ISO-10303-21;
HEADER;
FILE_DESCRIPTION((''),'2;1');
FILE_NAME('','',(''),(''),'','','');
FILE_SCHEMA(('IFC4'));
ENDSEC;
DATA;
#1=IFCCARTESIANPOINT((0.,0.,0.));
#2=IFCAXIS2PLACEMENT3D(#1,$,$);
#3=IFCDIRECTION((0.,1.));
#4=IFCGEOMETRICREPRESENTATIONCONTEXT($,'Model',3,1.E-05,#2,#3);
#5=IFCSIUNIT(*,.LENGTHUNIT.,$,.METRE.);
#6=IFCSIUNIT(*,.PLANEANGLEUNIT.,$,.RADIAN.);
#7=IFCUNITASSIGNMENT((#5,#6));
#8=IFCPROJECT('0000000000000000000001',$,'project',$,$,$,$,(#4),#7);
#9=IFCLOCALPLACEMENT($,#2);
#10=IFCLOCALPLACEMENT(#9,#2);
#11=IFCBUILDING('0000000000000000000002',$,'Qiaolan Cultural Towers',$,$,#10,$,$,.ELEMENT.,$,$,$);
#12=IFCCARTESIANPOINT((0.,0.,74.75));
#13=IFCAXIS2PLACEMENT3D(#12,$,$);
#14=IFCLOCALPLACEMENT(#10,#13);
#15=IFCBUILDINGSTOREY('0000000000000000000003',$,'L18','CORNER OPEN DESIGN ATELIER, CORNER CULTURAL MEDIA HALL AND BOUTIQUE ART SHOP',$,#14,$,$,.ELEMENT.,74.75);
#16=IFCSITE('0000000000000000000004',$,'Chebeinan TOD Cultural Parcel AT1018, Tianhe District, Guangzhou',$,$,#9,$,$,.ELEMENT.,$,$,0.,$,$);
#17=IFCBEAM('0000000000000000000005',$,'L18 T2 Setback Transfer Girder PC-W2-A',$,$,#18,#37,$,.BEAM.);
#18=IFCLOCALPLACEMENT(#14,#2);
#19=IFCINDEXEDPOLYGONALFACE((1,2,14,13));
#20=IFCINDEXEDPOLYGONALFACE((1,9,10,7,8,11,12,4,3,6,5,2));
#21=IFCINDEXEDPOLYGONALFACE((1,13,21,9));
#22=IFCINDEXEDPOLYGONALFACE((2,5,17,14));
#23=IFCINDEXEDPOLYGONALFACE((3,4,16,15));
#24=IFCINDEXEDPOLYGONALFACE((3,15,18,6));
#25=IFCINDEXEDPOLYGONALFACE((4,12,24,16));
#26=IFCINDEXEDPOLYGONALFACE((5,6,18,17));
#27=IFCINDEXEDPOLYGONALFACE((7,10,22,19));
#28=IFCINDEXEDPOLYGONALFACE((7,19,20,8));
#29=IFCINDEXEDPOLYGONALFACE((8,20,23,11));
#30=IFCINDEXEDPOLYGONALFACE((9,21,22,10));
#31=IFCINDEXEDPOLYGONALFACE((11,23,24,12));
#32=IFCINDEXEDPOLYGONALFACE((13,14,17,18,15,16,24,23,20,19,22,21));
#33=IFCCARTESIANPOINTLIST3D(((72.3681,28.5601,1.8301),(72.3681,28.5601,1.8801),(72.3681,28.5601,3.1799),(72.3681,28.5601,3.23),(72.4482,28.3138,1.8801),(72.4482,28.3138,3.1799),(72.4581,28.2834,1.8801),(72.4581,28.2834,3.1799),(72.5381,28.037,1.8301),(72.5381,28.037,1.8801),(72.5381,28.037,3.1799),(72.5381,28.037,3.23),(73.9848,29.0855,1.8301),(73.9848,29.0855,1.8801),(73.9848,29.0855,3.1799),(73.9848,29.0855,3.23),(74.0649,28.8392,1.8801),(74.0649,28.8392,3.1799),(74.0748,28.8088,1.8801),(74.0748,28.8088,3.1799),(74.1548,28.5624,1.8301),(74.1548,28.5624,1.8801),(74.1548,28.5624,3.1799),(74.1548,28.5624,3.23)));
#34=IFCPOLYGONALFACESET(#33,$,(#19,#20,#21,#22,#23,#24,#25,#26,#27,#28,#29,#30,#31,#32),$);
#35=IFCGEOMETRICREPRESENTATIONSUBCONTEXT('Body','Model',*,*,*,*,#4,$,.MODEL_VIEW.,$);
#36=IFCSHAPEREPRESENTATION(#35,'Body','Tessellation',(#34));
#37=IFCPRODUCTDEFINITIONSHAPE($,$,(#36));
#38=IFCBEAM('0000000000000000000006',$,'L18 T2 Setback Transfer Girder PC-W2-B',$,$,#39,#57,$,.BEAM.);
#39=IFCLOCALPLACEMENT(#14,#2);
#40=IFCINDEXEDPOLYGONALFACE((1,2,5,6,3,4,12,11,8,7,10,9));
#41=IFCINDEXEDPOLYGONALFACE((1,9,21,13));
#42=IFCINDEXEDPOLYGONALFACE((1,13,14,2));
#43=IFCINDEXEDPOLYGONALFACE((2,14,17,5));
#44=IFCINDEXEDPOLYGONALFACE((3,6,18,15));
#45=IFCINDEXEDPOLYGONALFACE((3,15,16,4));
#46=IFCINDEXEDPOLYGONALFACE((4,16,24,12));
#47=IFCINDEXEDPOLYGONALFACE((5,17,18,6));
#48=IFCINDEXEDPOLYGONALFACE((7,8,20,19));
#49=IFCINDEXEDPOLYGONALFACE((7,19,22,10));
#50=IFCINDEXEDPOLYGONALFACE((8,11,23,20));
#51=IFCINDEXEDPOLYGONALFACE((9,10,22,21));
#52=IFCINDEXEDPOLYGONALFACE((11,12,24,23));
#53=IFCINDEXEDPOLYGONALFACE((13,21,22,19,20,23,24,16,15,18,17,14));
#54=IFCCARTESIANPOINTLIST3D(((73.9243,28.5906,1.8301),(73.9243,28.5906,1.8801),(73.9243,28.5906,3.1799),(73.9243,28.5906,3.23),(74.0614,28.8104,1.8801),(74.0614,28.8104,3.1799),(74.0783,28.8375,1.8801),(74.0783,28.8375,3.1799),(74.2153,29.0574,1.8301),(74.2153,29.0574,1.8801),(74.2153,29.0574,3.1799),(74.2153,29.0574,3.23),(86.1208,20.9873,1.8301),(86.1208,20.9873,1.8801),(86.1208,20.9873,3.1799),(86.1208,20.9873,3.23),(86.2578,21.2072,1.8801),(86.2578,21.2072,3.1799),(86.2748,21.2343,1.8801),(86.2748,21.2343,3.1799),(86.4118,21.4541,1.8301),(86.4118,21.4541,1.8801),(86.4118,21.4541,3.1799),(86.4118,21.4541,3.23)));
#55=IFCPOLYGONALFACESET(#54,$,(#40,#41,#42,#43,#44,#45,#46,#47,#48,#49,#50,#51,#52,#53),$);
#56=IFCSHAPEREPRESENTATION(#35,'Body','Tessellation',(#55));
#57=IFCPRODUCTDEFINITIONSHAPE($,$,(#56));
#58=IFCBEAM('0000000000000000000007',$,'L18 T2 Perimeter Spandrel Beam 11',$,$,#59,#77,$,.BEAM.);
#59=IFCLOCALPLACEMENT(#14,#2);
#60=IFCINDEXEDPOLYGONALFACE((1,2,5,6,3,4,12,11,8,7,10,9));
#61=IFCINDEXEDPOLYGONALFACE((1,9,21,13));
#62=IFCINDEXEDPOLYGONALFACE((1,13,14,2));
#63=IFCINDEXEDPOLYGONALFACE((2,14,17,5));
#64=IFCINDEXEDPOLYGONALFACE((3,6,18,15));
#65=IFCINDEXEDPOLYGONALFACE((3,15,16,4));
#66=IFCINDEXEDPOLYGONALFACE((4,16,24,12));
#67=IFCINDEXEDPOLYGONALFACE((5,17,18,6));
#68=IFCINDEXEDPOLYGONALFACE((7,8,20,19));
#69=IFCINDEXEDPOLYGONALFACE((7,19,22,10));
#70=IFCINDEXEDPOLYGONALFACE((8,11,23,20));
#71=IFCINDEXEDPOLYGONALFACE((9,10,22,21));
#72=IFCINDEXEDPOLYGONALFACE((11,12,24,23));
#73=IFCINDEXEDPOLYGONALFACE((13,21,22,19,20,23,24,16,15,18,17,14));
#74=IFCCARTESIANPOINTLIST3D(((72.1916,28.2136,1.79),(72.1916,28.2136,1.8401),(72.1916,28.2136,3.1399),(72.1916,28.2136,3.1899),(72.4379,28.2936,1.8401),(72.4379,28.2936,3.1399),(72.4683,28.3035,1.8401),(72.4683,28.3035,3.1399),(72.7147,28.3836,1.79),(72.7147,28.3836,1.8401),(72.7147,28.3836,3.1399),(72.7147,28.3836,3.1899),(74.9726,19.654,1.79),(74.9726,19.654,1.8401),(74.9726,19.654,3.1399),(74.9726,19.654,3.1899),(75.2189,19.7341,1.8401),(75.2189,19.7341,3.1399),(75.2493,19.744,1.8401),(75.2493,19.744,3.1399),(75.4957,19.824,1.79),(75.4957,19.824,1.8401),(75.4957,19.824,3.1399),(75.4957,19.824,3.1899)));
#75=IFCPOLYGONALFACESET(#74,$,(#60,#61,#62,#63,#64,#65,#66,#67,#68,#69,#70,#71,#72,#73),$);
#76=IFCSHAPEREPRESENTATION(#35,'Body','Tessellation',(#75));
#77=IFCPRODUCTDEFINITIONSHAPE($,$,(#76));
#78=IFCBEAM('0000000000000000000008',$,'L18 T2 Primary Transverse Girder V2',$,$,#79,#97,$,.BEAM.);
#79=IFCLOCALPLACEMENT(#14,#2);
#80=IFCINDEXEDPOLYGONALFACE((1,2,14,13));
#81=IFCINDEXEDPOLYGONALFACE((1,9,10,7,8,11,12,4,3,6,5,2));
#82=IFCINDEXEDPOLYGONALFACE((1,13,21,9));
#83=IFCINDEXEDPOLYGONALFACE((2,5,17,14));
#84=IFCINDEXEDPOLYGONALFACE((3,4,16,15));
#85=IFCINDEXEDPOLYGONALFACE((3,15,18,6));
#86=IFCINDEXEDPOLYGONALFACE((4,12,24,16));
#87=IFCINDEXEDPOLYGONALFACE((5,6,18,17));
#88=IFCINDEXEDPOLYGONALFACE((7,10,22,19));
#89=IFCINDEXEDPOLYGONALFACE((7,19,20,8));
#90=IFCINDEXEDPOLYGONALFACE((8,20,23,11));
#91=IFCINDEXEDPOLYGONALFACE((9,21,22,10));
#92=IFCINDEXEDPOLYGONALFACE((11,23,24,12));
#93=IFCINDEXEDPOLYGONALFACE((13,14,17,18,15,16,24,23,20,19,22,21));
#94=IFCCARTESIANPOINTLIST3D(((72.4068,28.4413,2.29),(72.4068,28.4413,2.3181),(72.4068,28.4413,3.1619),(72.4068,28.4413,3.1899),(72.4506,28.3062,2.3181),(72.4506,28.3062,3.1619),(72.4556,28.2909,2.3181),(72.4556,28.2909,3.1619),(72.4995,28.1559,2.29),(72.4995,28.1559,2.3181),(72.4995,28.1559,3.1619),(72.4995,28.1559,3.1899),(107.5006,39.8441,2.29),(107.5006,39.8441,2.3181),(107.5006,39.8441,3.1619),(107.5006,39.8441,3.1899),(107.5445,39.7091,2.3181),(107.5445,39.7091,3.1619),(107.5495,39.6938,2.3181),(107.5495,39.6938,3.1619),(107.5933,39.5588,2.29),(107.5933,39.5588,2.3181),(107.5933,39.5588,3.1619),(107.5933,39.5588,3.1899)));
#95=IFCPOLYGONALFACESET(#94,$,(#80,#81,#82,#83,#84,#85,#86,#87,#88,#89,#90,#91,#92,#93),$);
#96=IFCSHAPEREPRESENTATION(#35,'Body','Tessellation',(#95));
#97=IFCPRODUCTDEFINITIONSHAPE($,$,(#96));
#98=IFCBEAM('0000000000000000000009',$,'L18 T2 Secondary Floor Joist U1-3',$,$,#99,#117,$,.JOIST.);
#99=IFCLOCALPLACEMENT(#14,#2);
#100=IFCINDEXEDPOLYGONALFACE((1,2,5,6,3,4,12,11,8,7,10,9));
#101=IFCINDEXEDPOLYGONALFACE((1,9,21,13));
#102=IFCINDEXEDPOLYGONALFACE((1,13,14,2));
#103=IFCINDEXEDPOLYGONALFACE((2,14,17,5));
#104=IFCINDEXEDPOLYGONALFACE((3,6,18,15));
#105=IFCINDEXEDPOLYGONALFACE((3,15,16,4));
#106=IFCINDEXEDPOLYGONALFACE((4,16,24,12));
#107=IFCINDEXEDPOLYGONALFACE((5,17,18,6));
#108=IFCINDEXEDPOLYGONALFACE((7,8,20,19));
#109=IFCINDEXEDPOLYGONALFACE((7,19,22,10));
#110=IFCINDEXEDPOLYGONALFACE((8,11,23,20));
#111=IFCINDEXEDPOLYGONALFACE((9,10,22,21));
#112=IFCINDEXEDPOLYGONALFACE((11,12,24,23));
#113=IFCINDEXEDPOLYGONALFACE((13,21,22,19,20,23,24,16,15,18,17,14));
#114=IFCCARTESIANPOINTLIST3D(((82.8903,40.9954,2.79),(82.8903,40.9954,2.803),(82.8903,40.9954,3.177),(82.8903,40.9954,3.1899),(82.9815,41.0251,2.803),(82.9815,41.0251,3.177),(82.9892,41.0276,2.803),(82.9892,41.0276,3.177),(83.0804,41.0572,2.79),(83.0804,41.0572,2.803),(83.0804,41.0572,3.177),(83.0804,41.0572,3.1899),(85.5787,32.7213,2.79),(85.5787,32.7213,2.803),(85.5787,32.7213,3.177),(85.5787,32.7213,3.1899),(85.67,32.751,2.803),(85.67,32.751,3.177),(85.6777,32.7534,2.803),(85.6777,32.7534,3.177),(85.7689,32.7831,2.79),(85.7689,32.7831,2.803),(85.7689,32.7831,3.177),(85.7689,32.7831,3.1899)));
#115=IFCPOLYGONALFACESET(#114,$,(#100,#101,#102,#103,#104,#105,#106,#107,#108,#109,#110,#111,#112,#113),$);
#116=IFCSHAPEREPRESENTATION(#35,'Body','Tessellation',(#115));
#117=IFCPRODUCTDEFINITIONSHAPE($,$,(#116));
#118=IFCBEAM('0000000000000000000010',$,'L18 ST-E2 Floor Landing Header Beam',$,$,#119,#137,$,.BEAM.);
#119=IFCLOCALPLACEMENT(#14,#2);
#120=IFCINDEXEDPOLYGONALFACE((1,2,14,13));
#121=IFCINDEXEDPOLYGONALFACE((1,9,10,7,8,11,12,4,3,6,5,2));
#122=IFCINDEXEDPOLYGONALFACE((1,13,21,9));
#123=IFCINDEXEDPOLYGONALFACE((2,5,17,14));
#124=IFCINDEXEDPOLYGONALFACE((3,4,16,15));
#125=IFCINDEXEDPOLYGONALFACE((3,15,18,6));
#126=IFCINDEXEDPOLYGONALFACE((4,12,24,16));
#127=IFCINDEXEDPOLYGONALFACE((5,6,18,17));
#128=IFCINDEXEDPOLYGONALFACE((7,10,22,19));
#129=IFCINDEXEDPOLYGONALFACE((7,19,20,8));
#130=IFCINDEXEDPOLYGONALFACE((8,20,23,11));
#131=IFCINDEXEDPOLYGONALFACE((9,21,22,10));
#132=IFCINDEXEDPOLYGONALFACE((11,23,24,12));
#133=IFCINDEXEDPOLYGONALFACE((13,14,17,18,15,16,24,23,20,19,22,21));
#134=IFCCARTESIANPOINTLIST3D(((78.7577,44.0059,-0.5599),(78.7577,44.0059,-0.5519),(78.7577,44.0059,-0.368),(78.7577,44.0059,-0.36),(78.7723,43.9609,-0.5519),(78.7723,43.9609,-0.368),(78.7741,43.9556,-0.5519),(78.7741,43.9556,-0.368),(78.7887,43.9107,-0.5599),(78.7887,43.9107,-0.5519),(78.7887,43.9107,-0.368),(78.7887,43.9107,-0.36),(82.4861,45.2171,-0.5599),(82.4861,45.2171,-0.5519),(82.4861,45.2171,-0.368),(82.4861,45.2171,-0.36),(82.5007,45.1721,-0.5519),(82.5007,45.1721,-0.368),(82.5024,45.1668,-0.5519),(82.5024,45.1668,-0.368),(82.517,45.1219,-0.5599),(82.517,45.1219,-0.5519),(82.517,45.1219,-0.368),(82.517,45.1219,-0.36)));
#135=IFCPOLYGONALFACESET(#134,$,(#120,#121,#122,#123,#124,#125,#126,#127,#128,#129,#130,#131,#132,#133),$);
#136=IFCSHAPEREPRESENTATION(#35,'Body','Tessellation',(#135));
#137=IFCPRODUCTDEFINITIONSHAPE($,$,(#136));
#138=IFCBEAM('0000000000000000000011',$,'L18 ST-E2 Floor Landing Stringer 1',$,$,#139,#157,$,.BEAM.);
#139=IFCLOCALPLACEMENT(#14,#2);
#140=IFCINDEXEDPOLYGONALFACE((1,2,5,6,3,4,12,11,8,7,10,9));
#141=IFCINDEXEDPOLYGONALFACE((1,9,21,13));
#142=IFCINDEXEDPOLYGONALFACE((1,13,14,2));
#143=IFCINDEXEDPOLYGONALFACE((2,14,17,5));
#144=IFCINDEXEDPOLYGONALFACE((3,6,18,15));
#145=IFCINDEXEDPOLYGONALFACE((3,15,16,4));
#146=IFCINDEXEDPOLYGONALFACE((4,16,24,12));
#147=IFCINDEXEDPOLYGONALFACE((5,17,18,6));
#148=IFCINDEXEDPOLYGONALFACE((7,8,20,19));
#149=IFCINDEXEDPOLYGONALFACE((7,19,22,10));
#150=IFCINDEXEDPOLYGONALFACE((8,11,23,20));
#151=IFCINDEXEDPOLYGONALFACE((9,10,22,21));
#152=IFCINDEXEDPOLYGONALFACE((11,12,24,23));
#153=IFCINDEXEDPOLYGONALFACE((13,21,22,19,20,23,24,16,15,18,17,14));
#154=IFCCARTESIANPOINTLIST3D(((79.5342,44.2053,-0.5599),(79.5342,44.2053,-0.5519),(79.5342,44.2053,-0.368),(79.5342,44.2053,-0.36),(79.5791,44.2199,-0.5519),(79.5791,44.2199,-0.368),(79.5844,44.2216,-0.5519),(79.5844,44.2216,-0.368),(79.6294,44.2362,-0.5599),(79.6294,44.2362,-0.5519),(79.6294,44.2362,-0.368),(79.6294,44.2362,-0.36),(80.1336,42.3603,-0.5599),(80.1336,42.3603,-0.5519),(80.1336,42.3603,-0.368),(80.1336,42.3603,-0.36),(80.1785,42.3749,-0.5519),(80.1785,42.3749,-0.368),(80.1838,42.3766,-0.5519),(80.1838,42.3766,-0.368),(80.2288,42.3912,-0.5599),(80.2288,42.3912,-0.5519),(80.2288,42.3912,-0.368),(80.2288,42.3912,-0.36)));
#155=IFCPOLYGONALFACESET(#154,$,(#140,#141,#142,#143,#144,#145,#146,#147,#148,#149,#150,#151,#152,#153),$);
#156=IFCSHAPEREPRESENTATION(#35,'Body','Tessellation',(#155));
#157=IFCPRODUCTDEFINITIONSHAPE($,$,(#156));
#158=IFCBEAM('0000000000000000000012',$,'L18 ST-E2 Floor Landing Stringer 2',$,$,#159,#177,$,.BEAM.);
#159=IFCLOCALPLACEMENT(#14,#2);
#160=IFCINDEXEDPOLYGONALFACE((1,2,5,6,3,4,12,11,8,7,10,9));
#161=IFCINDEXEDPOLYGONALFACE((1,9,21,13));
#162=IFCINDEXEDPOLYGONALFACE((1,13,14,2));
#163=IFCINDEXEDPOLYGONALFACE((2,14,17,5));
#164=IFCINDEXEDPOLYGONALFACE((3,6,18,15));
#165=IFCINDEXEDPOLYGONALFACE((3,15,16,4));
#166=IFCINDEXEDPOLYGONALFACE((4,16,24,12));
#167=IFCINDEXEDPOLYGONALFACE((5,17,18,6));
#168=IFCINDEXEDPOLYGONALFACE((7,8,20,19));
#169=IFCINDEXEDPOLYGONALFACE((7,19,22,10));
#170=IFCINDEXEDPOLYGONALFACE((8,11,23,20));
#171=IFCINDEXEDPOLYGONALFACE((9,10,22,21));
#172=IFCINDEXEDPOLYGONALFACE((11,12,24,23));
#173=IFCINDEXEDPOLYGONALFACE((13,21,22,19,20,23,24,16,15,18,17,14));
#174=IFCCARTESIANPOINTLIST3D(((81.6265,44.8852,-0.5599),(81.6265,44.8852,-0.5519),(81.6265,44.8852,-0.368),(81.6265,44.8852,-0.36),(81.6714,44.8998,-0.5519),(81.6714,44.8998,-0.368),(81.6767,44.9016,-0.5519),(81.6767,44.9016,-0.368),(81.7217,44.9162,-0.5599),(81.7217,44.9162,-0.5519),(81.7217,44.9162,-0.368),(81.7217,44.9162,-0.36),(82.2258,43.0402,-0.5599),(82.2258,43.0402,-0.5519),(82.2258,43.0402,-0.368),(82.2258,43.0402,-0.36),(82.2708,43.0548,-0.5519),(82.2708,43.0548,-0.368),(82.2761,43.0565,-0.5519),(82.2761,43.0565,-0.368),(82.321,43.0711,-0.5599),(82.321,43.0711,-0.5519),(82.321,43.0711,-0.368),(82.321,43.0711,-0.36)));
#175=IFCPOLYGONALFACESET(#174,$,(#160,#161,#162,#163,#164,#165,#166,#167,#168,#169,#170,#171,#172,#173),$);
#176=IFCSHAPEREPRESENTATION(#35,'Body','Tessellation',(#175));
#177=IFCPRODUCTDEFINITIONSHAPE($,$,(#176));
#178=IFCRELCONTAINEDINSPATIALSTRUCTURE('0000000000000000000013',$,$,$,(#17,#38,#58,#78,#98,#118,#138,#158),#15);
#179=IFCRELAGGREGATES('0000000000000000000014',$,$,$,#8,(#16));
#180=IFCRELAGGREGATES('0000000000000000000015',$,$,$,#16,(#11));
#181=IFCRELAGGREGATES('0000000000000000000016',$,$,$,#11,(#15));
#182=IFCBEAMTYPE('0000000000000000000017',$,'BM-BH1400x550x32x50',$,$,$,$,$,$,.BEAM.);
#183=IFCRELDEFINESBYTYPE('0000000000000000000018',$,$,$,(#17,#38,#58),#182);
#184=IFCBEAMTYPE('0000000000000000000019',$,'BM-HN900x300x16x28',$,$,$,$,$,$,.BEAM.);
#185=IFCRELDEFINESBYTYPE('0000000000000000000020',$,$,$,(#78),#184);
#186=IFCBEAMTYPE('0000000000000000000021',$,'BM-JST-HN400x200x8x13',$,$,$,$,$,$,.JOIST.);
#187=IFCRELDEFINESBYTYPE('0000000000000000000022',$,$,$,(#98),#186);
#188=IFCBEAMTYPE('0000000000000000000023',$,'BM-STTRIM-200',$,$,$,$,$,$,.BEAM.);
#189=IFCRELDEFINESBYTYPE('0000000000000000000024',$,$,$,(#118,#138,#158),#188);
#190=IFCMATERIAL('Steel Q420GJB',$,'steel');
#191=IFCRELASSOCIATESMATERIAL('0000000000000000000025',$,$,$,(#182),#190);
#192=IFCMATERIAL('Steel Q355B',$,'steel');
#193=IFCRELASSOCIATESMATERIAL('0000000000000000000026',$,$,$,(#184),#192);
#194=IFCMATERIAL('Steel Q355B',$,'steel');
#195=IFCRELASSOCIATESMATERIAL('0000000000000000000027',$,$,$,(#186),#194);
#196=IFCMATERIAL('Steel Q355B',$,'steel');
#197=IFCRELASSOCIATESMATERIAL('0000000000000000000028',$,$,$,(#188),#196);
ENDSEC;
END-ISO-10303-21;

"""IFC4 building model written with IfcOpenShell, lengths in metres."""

from ifc_helpers import new_model, si_unit, direction, frame, origin, origin_2d, place, context, subcontext, project, spatial, i_section, extrude, material, material_profile, profile_set, type_object, element, save


model = new_model("IFC4")

# Units and contexts
model_context = context("Model", 3, precision=1e-05, world=origin(), true_north=direction((0.0, 1.0)))
body_context = subcontext(model_context, "Body", "Model", "MODEL_VIEW")
ifc_project = project(units=[si_unit("LENGTHUNIT", "METRE"), si_unit("PLANEANGLEUNIT", "RADIAN")], contexts=[model_context])

# Site, building, storey
site_placement = place(None, origin())
site = spatial("IfcSite", under=ifc_project, at=site_placement, Name="Chebeinan TOD Cultural Parcel AT1018, Tianhe District, Guangzhou", CompositionType="ELEMENT", RefElevation=0.0)
building_placement = place(site_placement, origin())
building = spatial("IfcBuilding", under=site, at=building_placement, Name="Qiaolan Cultural Towers", CompositionType="ELEMENT")
storey_placement = place(building_placement, frame((0.0, 0.0, 74.75)))
storey = spatial("IfcBuildingStorey", under=building, at=storey_placement, Name="L18", Description="CORNER OPEN DESIGN ATELIER, CORNER CULTURAL MEDIA HALL AND BOUTIQUE ART SHOP", CompositionType="ELEMENT", Elevation=74.75)

# Beams
ifc_material_1 = material(Name="Steel Q420GJB", Category="steel")
ifc_material_profile_1 = material_profile(ifc_material_1, i_section(OverallWidth=0.55, OverallDepth=1.3999, WebThickness=0.032, FlangeThickness=0.05, at=origin_2d()), Name="BH1400x550x32x50")
ifc_profile_set_1 = profile_set([ifc_material_profile_1], Name="Steel Q420GJB")
beam_type_1 = type_object("IfcBeamType", Name="BM-BH1400x550x32x50", PredefinedType="BEAM", material=ifc_profile_set_1)
beam_1_placement = place(storey_placement, frame((72.4531, 28.2986, 2.53), z_axis=(0.95104, 0.309067, 0.0), x_axis=(-0.309067, 0.95104, 0.0)))
element("IfcBeam", 1, at=beam_1_placement, inside=storey, type_object=beam_type_1, Name="L18 T2 Setback Transfer Girder PC-W2-A", PredefinedType="BEAM", context=body_context, shape_type="SweptSolid", body=[
    extrude(i_section(OverallWidth=0.55, OverallDepth=1.3999, WebThickness=0.032, FlangeThickness=0.05, at=origin_2d()), origin(), (0.0, 0.0, 1.0), 1.7),
])
beam_2_placement = place(storey_placement, frame((74.0698, 28.824, 2.53), z_axis=(0.848609, -0.52902, 0.0), x_axis=(0.52902, 0.848609, 0.0)))
element("IfcBeam", 2, at=beam_2_placement, inside=storey, type_object=beam_type_1, Name="L18 T2 Setback Transfer Girder PC-W2-B", PredefinedType="BEAM", context=body_context, shape_type="SweptSolid", body=[
    extrude(i_section(OverallWidth=0.55, OverallDepth=1.3999, WebThickness=0.032, FlangeThickness=0.05, at=origin_2d()), origin(), (0.0, 0.0, 1.0), 14.3723),
])
beam_3_placement = place(storey_placement, frame((72.4531, 28.2986, 2.49), z_axis=(0.309, -0.951062, 0.0), x_axis=(0.951062, 0.309, 0.0)))
element("IfcBeam", 3, at=beam_3_placement, inside=storey, type_object=beam_type_1, Name="L18 T2 Perimeter Spandrel Beam 11", PredefinedType="BEAM", context=body_context, shape_type="SweptSolid", body=[
    extrude(i_section(OverallWidth=0.55, OverallDepth=1.3999, WebThickness=0.032, FlangeThickness=0.05, at=origin_2d()), origin(), (0.0, 0.0, 1.0), 9.0),
])
ifc_material_2 = material(Name="Steel Q355B", Category="steel")
ifc_material_profile_2 = material_profile(ifc_material_2, i_section(OverallWidth=0.3, OverallDepth=0.8999, WebThickness=0.0161, FlangeThickness=0.0281, at=origin_2d()), Name="HN900x300x16x28")
ifc_profile_set_2 = profile_set([ifc_material_profile_2], Name="Steel Q355B")
beam_type_2 = type_object("IfcBeamType", Name="BM-HN900x300x16x28", PredefinedType="BEAM", material=ifc_profile_set_2)
beam_4_placement = place(storey_placement, frame((72.4531, 28.2986, 2.74), z_axis=(0.951055, 0.309021, 0.0), x_axis=(-0.309021, 0.951055, 0.0)))
element("IfcBeam", 4, at=beam_4_placement, inside=storey, type_object=beam_type_2, Name="L18 T2 Primary Transverse Girder V2", PredefinedType="BEAM", context=body_context, shape_type="SweptSolid", body=[
    extrude(i_section(OverallWidth=0.3, OverallDepth=0.8999, WebThickness=0.0161, FlangeThickness=0.0281, at=origin_2d()), origin(), (0.0, 0.0, 1.0), 36.8999),
])
ifc_material_3 = material(Name="Steel Q355B", Category="steel")
ifc_material_profile_3 = material_profile(ifc_material_3, i_section(OverallWidth=0.2, OverallDepth=0.3999, WebThickness=0.0081, FlangeThickness=0.0129, at=origin_2d()), Name="HN400x200x8x13")
ifc_profile_set_3 = profile_set([ifc_material_profile_3], Name="Steel Q355B")
beam_type_3 = type_object("IfcBeamType", Name="BM-JST-HN400x200x8x13", PredefinedType="JOIST", material=ifc_profile_set_3)
beam_5_placement = place(storey_placement, frame((85.6738, 32.7522, 2.99), z_axis=(-0.309021, 0.951055, 0.0), x_axis=(-0.951055, -0.309021, 0.0)))
element("IfcBeam", 5, at=beam_5_placement, inside=storey, type_object=beam_type_3, Name="L18 T2 Secondary Floor Joist U1-3", PredefinedType="JOIST", context=body_context, shape_type="SweptSolid", body=[
    extrude(i_section(OverallWidth=0.2, OverallDepth=0.3999, WebThickness=0.0081, FlangeThickness=0.0129, at=origin_2d()), origin(), (0.0, 0.0, 1.0), 8.7),
])
ifc_material_4 = material(Name="Steel Q355B", Category="steel")
ifc_material_profile_4 = material_profile(ifc_material_4, i_section(OverallWidth=0.1001, OverallDepth=0.2, WebThickness=0.0056, FlangeThickness=0.0081, at=origin_2d()), Name="HN200x100x5.5x8")
ifc_profile_set_4 = profile_set([ifc_material_profile_4], Name="Steel Q355B")
beam_type_4 = type_object("IfcBeamType", Name="BM-STTRIM-200", PredefinedType="BEAM", material=ifc_profile_set_4)
beam_6_placement = place(storey_placement, frame((78.7732, 43.9583, -0.46), z_axis=(0.951072, 0.308969, 0.0), x_axis=(-0.308969, 0.951072, 0.0)))
element("IfcBeam", 6, at=beam_6_placement, inside=storey, type_object=beam_type_4, Name="L18 ST-E2 Floor Landing Header Beam", PredefinedType="BEAM", context=body_context, shape_type="SweptSolid", body=[
    extrude(i_section(OverallWidth=0.1001, OverallDepth=0.2, WebThickness=0.0056, FlangeThickness=0.0081, at=origin_2d()), origin(), (0.0, 0.0, 1.0), 3.9202),
])
for number, where, z_axis, x_axis, name in (
    (7, (80.1812, 42.3757, -0.46), (-0.308969, 0.951072, 0.0), (-0.951072, -0.308969, 0.0), "L18 ST-E2 Floor Landing Stringer 1"),
    (8, (82.2734, 43.0557, -0.46), (-0.308969, 0.951072, 0.0), (-0.951072, -0.308969, 0.0), "L18 ST-E2 Floor Landing Stringer 2"),
):
    element("IfcBeam", number, at=place(storey_placement, frame(where, z_axis=z_axis, x_axis=x_axis)), inside=storey, type_object=beam_type_4, Name=name, PredefinedType="BEAM", context=body_context, shape_type="SweptSolid", body=[
        extrude(i_section(OverallWidth=0.1001, OverallDepth=0.2, WebThickness=0.0056, FlangeThickness=0.0081, at=origin_2d()), origin(), (0.0, 0.0, 1.0), 1.9399),
    ])

save(model, "model.ifc")
